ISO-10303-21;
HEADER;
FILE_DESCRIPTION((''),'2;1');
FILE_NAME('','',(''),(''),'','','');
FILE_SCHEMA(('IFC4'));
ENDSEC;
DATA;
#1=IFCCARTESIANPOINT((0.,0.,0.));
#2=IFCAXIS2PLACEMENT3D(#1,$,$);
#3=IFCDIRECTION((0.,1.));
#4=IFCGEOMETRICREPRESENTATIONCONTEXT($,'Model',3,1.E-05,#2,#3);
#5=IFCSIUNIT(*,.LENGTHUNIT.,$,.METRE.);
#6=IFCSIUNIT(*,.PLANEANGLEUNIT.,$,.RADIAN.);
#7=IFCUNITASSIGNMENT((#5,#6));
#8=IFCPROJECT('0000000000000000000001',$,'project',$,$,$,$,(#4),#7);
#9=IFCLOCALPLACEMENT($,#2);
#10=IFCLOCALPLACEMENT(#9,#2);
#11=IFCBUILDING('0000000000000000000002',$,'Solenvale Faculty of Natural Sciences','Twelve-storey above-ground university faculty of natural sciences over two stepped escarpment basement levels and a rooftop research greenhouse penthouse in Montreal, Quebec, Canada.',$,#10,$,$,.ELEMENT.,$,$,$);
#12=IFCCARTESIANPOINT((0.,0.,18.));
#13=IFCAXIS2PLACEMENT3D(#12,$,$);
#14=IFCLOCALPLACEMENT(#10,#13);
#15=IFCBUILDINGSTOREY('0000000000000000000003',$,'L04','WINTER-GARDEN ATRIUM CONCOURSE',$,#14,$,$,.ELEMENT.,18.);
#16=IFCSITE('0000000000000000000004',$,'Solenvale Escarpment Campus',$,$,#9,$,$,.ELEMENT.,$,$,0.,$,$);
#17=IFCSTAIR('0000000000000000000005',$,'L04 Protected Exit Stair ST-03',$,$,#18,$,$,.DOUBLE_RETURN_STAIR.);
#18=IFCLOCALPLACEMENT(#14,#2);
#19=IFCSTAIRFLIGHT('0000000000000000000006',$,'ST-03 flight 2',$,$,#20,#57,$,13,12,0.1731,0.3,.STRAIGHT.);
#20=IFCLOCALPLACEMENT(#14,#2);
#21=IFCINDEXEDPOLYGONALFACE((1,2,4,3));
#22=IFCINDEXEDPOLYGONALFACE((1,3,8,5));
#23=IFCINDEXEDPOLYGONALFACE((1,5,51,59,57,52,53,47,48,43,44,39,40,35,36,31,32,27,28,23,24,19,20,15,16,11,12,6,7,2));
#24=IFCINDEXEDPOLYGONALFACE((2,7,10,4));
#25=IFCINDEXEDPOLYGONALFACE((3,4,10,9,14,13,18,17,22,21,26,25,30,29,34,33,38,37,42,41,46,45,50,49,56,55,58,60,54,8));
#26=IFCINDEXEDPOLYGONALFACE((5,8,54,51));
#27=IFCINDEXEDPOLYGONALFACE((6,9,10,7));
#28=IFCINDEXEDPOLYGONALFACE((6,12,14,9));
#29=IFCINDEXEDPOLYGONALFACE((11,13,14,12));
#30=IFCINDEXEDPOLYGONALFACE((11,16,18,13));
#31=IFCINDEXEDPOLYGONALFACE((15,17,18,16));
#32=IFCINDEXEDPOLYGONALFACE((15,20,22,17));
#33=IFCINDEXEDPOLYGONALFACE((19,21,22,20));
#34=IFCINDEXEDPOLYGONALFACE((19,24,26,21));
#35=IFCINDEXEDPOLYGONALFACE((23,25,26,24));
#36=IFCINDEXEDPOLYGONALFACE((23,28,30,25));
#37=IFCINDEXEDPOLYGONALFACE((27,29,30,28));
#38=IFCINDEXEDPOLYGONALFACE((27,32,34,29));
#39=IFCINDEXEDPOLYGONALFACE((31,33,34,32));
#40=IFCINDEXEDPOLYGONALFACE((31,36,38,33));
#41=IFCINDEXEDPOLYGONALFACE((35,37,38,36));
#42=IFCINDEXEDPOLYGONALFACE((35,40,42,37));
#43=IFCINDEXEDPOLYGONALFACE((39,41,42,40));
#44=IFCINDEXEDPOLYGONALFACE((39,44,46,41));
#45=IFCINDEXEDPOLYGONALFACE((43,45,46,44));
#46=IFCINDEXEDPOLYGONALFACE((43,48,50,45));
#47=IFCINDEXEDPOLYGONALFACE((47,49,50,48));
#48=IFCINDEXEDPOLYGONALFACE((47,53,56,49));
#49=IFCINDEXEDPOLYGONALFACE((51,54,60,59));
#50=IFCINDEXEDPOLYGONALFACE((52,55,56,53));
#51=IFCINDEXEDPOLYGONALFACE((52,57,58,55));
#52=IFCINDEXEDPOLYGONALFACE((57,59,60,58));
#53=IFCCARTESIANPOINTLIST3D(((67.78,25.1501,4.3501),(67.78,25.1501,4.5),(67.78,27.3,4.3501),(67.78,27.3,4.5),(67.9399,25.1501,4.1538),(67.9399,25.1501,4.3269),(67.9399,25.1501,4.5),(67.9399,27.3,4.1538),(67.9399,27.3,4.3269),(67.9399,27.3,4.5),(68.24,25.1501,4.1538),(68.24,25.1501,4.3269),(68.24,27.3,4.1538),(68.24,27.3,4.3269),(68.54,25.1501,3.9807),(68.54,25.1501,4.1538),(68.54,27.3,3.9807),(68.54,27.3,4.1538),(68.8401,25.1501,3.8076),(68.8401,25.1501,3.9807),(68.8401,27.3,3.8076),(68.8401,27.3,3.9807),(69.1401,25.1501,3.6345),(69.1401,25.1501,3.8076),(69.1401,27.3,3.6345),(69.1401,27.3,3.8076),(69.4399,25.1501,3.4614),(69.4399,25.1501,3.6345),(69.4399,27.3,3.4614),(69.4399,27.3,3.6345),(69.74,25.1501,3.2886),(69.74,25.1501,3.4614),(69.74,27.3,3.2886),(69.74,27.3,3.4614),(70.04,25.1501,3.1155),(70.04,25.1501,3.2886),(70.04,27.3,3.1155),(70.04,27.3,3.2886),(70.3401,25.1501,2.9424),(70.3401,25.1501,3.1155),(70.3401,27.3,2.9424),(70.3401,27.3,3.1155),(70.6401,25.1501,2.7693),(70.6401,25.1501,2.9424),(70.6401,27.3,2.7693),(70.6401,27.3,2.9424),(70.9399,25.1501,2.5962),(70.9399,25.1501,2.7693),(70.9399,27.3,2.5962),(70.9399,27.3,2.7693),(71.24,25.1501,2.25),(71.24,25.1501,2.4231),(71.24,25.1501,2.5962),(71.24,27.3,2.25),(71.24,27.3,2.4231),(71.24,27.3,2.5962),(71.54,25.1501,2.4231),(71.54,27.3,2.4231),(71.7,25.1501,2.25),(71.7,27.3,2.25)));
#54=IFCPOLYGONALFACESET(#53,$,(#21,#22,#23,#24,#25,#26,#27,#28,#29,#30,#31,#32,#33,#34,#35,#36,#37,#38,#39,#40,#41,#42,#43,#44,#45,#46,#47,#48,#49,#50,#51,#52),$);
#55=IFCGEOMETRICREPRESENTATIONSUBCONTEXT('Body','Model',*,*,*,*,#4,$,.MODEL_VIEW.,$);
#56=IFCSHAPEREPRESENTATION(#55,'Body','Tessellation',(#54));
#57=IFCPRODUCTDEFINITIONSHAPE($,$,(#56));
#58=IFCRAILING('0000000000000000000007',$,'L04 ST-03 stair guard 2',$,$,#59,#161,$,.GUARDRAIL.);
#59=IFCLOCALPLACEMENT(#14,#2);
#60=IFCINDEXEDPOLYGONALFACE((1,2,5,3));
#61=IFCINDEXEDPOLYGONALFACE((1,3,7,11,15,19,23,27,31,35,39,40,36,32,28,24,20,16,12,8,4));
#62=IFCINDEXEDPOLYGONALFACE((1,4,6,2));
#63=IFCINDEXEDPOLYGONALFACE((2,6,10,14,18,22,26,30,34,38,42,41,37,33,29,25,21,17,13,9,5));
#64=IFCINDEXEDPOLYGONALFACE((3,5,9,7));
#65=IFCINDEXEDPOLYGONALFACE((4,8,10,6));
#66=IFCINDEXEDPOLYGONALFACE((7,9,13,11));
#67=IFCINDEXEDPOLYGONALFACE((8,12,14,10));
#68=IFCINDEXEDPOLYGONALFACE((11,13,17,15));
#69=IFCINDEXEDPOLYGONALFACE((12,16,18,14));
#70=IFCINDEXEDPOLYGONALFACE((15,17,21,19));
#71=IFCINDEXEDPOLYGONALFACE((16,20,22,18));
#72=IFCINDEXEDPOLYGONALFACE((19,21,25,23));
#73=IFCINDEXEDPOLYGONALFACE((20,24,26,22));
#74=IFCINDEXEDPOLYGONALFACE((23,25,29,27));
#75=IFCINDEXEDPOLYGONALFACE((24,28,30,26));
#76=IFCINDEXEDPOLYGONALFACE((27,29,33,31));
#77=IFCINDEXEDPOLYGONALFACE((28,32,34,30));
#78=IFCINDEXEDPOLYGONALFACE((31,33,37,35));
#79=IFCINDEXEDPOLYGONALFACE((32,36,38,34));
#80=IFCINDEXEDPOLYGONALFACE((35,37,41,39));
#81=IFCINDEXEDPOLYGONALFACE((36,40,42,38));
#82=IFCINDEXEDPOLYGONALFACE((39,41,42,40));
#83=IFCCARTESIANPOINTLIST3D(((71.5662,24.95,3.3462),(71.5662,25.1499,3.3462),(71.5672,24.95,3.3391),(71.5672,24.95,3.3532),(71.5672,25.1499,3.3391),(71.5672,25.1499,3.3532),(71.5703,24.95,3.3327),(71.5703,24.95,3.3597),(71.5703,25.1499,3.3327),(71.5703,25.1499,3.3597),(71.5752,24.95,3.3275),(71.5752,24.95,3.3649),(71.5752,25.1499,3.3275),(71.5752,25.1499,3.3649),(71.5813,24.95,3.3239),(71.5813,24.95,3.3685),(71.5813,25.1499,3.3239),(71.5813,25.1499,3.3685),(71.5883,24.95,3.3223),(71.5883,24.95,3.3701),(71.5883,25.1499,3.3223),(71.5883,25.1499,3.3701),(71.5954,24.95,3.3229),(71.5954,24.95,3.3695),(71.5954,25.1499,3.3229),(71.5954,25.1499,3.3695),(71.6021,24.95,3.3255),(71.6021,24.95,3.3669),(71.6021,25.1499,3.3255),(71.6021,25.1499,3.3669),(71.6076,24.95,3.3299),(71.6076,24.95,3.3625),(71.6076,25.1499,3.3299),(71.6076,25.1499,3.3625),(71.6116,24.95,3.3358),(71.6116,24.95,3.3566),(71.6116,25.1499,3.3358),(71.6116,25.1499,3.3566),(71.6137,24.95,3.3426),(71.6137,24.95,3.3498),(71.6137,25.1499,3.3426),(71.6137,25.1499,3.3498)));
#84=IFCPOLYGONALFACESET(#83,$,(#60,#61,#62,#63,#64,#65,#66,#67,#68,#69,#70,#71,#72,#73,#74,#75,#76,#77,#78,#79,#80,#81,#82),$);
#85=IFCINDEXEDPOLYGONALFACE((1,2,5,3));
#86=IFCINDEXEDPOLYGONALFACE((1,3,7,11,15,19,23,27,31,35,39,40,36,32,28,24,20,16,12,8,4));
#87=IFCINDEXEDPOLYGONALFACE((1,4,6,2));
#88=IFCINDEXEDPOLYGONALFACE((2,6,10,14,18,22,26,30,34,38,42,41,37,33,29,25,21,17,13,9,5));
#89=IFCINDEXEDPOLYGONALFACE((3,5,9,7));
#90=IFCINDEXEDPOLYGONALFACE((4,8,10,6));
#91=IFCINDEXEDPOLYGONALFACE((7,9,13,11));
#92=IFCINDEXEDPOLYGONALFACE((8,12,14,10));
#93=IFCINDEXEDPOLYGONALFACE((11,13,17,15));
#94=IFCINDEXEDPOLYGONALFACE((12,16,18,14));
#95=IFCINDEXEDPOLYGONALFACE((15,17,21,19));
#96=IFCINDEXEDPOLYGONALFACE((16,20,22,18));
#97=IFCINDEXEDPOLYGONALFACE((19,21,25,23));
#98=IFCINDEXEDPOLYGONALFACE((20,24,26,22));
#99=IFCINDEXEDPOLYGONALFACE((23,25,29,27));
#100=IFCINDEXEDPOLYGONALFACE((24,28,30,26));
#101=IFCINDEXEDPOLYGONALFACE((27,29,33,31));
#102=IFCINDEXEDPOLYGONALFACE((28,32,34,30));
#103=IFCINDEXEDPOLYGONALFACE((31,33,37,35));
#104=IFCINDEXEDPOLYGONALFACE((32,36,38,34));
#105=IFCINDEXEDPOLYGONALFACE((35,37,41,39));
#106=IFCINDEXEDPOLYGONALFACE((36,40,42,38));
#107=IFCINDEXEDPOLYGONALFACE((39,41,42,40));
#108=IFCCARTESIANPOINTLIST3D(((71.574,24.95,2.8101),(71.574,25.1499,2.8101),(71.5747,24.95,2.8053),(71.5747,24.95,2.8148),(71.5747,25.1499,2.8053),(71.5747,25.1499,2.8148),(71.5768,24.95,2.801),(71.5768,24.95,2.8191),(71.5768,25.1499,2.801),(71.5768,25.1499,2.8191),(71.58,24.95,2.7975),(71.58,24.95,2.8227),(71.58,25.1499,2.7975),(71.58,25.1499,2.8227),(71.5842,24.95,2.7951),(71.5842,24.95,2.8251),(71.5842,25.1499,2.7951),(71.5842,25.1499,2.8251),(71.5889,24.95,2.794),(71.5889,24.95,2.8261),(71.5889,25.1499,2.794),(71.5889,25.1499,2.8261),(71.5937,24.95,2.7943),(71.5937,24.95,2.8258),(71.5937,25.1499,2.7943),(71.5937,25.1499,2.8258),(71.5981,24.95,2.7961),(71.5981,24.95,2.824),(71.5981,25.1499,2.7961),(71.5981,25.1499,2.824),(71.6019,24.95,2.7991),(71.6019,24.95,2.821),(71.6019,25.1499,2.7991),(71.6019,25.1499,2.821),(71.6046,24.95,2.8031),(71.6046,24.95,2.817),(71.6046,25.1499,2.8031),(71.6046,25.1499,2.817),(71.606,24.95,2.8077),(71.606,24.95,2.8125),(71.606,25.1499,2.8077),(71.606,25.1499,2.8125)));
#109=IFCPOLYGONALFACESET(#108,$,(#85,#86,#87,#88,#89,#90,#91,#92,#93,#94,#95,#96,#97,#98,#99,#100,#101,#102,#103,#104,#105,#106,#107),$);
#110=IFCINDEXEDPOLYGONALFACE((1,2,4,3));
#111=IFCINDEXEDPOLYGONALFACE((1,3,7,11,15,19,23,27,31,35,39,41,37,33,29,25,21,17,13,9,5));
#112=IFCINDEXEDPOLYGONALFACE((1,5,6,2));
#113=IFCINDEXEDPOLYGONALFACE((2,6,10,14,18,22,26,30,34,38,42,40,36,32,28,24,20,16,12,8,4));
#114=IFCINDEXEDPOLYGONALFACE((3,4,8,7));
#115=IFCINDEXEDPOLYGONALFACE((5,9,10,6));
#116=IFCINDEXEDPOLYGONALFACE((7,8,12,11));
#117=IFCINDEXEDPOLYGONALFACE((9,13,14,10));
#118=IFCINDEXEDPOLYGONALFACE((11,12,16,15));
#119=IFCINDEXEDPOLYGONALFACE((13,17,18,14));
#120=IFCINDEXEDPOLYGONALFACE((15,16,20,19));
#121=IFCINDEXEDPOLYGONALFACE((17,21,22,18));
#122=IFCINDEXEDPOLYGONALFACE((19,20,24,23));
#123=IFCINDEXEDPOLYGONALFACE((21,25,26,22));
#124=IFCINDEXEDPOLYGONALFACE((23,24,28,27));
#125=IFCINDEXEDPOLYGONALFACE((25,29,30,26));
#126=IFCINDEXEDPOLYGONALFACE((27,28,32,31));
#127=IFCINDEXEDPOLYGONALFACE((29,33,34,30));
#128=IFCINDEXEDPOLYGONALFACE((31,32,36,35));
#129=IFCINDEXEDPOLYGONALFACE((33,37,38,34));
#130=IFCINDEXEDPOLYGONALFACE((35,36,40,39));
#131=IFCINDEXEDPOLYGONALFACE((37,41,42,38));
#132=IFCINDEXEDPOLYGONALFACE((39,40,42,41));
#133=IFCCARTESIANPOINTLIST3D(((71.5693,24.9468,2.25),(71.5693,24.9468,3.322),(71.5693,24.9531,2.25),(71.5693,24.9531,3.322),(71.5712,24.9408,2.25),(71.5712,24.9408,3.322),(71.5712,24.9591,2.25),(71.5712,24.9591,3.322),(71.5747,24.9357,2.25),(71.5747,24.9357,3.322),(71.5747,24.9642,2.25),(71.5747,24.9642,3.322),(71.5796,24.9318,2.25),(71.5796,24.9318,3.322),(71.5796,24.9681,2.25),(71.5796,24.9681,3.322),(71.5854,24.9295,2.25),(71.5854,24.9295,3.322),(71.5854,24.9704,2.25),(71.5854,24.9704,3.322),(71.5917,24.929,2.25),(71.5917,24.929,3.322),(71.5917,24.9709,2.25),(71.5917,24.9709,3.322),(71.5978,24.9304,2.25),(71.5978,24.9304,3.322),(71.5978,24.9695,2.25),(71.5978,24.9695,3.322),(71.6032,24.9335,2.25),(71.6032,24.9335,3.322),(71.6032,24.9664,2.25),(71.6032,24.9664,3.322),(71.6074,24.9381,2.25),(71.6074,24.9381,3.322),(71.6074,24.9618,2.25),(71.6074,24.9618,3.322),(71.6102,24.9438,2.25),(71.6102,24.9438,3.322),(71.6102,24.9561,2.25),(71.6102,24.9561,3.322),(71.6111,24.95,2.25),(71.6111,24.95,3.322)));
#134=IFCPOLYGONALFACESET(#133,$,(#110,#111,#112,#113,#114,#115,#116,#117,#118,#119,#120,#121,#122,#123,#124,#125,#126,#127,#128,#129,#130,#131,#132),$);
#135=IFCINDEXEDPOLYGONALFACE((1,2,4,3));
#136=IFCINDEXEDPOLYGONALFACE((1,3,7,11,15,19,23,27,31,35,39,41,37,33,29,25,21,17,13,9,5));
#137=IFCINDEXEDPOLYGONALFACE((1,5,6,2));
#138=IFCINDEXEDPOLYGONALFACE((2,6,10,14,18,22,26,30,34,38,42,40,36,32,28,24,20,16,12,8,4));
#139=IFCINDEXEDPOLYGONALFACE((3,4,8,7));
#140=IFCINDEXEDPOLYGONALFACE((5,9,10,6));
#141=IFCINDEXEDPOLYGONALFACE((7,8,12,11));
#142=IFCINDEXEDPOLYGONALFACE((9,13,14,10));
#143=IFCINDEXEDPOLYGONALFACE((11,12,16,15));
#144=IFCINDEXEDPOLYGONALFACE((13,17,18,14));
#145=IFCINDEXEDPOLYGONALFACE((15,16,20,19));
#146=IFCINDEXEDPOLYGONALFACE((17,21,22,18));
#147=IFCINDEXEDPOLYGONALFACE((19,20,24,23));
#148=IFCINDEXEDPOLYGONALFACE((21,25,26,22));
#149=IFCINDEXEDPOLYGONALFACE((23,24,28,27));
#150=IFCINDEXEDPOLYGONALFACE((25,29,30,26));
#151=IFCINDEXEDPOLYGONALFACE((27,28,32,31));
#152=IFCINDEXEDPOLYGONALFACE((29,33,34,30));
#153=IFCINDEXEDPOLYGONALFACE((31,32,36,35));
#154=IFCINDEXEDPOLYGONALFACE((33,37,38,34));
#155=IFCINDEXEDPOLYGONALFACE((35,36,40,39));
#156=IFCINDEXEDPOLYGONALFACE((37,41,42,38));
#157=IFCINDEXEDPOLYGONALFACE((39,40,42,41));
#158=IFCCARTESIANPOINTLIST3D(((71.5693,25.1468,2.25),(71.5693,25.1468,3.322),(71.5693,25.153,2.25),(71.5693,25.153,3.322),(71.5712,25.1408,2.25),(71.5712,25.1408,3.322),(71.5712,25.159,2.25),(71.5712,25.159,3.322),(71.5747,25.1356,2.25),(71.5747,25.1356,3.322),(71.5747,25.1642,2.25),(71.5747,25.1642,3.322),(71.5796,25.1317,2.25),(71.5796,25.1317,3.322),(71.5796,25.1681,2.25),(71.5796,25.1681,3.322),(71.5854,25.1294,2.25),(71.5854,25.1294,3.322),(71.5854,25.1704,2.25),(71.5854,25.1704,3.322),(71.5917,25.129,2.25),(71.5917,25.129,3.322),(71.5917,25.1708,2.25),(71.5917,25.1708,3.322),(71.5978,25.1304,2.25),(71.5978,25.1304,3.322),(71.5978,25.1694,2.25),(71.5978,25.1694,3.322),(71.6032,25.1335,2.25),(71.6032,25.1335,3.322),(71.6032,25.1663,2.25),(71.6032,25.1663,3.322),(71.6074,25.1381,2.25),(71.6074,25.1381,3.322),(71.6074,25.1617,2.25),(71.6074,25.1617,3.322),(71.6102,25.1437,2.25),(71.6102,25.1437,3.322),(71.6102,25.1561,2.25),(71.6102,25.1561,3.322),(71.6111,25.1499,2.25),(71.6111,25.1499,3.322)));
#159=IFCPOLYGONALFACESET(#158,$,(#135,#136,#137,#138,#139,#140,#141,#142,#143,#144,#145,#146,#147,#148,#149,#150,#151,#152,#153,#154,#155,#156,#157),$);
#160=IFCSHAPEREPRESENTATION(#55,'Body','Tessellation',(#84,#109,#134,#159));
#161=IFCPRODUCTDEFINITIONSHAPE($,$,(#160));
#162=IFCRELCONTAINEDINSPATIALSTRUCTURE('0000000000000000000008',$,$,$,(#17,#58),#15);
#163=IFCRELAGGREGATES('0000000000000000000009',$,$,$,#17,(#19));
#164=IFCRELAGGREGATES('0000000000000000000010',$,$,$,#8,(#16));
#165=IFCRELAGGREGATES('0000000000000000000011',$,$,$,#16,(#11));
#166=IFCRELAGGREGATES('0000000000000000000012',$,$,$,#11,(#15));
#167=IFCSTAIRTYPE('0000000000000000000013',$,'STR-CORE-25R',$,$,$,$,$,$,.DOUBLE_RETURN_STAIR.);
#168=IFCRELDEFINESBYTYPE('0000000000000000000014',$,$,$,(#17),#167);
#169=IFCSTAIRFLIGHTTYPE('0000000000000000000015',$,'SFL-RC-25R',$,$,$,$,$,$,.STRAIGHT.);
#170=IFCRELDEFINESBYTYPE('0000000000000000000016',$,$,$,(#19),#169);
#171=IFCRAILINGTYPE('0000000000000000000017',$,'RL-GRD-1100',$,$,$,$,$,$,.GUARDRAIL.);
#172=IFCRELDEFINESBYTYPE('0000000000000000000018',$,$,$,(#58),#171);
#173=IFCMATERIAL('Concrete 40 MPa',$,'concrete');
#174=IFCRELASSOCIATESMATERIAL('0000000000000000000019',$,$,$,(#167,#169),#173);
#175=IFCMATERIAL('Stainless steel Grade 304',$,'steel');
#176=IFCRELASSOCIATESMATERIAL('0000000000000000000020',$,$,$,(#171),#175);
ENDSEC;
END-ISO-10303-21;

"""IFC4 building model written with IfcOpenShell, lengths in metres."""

from ifc_helpers import new_model, si_unit, direction, frame, origin, origin_2d, place, context, subcontext, project, spatial, polyline, circle, outline, extrude, material, type_object, element, aggregate, save


model = new_model("IFC4")

# Units and contexts
model_context = context("Model", 3, precision=1e-05, world=origin(), true_north=direction((0.0, 1.0)))
body_context = subcontext(model_context, "Body", "Model", "MODEL_VIEW")
ifc_project = project(units=[si_unit("LENGTHUNIT", "METRE"), si_unit("PLANEANGLEUNIT", "RADIAN")], contexts=[model_context])

# Site, building, storey
site_placement = place(None, origin())
site = spatial("IfcSite", under=ifc_project, at=site_placement, Name="Solenvale Escarpment Campus", CompositionType="ELEMENT", RefElevation=0.0)
building_placement = place(site_placement, origin())
building = spatial("IfcBuilding", under=site, at=building_placement, Name="Solenvale Faculty of Natural Sciences", Description="Twelve-storey above-ground university faculty of natural sciences over two stepped escarpment basement levels and a rooftop research greenhouse penthouse in Montreal, Quebec, Canada.", CompositionType="ELEMENT")
storey_placement = place(building_placement, frame((0.0, 0.0, 18.0)))
storey = spatial("IfcBuildingStorey", under=building, at=storey_placement, Name="L04", Description="WINTER-GARDEN ATRIUM CONCOURSE", CompositionType="ELEMENT", Elevation=18.0)

# Shared definitions
ifc_material_1 = material(Name="Concrete 40 MPa", Category="concrete")

# Shared definitions
ifc_material_2 = material(Name="Stainless steel Grade 304", Category="steel")

# Stair, stair flight
stair_type = type_object("IfcStairType", Name="STR-CORE-25R", PredefinedType="DOUBLE_RETURN_STAIR", material=ifc_material_1)
stair_placement = place(storey_placement, origin())
stair = element("IfcStair", 1, at=stair_placement, inside=storey, type_object=stair_type, Name="L04 Protected Exit Stair ST-03", PredefinedType="DOUBLE_RETURN_STAIR")
stair_flight_type = type_object("IfcStairFlightType", Name="SFL-RC-25R", PredefinedType="STRAIGHT", material=ifc_material_1)
stair_flight_placement = place(storey_placement, frame((71.54, 26.2251, 2.25), z_axis=(0.0, 0.0, 1.0), x_axis=(-1.0, 0.0, 0.0)))
stair_flight = element("IfcStairFlight", 2, at=stair_flight_placement, type_object=stair_flight_type, Name="ST-03 flight 2", NumberOfRisers=13, NumberOfTreads=12, PredefinedType="STRAIGHT", RiserHeight=0.1731, TreadLength=0.3, context=body_context, shape_type="SweptSolid", body=[
    extrude(outline(polyline([(-0.1599, 0.0), (0.0, 0.1731), (0.3, 0.1731), (0.3, 0.3462), (0.6001, 0.3462), (0.6001, 0.5193), (0.8999, 0.5193), (0.8999, 0.6924), (1.2, 0.6924), (1.2, 0.8655), (1.5, 0.8655), (1.5, 1.0386), (1.8, 1.0386), (1.8, 1.2114), (2.1001, 1.2114), (2.1001, 1.3845), (2.3999, 1.3845), (2.3999, 1.5576), (2.7, 1.5576), (2.7, 1.7307), (3.0, 1.7307), (3.0, 1.9038), (3.3, 1.9038), (3.3, 2.0769), (3.6001, 2.0769), (3.6001, 2.25), (3.76, 2.25), (3.76, 2.1001), (3.6001, 1.9038), (0.3, 0.0), (-0.1599, 0.0)])), frame((0.0, 1.075, 0.0), z_axis=(0.0, -1.0, 0.0), x_axis=(1.0, 0.0, 0.0)), (0.0, 0.0, 1.0), 2.1499),
])
aggregate(stair, [stair_flight])

# Railing
railing_type_1 = type_object("IfcRailingType", Name="RL-GRD-1100", PredefinedType="GUARDRAIL", material=ifc_material_2)
railing_1_placement = place(storey_placement, frame((71.5901, 24.95, 2.25)))
element("IfcRailing", 3, at=railing_1_placement, inside=storey, type_object=railing_type_1, Name="L04 ST-03 stair guard 2", PredefinedType="GUARDRAIL", context=body_context, shape_type="SweptSolid", body=[
    extrude(circle(Radius=0.0239, at=origin_2d()), frame((0.0, 0.0, 1.0962), z_axis=(0.0, 1.0, 0.0), x_axis=(-1.0, 0.0, 0.0)), (0.0, 0.0, 1.0), 0.2),
    extrude(circle(Radius=0.0161, at=origin_2d()), frame((0.0, 0.0, 0.5601), z_axis=(0.0, 1.0, 0.0), x_axis=(-1.0, 0.0, 0.0)), (0.0, 0.0, 1.0), 0.2),
    extrude(circle(Radius=0.021, at=origin_2d()), origin(), (0.0, 0.0, 1.0), 1.072),
    extrude(circle(Radius=0.021, at=origin_2d()), frame((0.0, 0.2, 0.0)), (0.0, 0.0, 1.0), 1.072),
])

save(model, "model.ifc")
